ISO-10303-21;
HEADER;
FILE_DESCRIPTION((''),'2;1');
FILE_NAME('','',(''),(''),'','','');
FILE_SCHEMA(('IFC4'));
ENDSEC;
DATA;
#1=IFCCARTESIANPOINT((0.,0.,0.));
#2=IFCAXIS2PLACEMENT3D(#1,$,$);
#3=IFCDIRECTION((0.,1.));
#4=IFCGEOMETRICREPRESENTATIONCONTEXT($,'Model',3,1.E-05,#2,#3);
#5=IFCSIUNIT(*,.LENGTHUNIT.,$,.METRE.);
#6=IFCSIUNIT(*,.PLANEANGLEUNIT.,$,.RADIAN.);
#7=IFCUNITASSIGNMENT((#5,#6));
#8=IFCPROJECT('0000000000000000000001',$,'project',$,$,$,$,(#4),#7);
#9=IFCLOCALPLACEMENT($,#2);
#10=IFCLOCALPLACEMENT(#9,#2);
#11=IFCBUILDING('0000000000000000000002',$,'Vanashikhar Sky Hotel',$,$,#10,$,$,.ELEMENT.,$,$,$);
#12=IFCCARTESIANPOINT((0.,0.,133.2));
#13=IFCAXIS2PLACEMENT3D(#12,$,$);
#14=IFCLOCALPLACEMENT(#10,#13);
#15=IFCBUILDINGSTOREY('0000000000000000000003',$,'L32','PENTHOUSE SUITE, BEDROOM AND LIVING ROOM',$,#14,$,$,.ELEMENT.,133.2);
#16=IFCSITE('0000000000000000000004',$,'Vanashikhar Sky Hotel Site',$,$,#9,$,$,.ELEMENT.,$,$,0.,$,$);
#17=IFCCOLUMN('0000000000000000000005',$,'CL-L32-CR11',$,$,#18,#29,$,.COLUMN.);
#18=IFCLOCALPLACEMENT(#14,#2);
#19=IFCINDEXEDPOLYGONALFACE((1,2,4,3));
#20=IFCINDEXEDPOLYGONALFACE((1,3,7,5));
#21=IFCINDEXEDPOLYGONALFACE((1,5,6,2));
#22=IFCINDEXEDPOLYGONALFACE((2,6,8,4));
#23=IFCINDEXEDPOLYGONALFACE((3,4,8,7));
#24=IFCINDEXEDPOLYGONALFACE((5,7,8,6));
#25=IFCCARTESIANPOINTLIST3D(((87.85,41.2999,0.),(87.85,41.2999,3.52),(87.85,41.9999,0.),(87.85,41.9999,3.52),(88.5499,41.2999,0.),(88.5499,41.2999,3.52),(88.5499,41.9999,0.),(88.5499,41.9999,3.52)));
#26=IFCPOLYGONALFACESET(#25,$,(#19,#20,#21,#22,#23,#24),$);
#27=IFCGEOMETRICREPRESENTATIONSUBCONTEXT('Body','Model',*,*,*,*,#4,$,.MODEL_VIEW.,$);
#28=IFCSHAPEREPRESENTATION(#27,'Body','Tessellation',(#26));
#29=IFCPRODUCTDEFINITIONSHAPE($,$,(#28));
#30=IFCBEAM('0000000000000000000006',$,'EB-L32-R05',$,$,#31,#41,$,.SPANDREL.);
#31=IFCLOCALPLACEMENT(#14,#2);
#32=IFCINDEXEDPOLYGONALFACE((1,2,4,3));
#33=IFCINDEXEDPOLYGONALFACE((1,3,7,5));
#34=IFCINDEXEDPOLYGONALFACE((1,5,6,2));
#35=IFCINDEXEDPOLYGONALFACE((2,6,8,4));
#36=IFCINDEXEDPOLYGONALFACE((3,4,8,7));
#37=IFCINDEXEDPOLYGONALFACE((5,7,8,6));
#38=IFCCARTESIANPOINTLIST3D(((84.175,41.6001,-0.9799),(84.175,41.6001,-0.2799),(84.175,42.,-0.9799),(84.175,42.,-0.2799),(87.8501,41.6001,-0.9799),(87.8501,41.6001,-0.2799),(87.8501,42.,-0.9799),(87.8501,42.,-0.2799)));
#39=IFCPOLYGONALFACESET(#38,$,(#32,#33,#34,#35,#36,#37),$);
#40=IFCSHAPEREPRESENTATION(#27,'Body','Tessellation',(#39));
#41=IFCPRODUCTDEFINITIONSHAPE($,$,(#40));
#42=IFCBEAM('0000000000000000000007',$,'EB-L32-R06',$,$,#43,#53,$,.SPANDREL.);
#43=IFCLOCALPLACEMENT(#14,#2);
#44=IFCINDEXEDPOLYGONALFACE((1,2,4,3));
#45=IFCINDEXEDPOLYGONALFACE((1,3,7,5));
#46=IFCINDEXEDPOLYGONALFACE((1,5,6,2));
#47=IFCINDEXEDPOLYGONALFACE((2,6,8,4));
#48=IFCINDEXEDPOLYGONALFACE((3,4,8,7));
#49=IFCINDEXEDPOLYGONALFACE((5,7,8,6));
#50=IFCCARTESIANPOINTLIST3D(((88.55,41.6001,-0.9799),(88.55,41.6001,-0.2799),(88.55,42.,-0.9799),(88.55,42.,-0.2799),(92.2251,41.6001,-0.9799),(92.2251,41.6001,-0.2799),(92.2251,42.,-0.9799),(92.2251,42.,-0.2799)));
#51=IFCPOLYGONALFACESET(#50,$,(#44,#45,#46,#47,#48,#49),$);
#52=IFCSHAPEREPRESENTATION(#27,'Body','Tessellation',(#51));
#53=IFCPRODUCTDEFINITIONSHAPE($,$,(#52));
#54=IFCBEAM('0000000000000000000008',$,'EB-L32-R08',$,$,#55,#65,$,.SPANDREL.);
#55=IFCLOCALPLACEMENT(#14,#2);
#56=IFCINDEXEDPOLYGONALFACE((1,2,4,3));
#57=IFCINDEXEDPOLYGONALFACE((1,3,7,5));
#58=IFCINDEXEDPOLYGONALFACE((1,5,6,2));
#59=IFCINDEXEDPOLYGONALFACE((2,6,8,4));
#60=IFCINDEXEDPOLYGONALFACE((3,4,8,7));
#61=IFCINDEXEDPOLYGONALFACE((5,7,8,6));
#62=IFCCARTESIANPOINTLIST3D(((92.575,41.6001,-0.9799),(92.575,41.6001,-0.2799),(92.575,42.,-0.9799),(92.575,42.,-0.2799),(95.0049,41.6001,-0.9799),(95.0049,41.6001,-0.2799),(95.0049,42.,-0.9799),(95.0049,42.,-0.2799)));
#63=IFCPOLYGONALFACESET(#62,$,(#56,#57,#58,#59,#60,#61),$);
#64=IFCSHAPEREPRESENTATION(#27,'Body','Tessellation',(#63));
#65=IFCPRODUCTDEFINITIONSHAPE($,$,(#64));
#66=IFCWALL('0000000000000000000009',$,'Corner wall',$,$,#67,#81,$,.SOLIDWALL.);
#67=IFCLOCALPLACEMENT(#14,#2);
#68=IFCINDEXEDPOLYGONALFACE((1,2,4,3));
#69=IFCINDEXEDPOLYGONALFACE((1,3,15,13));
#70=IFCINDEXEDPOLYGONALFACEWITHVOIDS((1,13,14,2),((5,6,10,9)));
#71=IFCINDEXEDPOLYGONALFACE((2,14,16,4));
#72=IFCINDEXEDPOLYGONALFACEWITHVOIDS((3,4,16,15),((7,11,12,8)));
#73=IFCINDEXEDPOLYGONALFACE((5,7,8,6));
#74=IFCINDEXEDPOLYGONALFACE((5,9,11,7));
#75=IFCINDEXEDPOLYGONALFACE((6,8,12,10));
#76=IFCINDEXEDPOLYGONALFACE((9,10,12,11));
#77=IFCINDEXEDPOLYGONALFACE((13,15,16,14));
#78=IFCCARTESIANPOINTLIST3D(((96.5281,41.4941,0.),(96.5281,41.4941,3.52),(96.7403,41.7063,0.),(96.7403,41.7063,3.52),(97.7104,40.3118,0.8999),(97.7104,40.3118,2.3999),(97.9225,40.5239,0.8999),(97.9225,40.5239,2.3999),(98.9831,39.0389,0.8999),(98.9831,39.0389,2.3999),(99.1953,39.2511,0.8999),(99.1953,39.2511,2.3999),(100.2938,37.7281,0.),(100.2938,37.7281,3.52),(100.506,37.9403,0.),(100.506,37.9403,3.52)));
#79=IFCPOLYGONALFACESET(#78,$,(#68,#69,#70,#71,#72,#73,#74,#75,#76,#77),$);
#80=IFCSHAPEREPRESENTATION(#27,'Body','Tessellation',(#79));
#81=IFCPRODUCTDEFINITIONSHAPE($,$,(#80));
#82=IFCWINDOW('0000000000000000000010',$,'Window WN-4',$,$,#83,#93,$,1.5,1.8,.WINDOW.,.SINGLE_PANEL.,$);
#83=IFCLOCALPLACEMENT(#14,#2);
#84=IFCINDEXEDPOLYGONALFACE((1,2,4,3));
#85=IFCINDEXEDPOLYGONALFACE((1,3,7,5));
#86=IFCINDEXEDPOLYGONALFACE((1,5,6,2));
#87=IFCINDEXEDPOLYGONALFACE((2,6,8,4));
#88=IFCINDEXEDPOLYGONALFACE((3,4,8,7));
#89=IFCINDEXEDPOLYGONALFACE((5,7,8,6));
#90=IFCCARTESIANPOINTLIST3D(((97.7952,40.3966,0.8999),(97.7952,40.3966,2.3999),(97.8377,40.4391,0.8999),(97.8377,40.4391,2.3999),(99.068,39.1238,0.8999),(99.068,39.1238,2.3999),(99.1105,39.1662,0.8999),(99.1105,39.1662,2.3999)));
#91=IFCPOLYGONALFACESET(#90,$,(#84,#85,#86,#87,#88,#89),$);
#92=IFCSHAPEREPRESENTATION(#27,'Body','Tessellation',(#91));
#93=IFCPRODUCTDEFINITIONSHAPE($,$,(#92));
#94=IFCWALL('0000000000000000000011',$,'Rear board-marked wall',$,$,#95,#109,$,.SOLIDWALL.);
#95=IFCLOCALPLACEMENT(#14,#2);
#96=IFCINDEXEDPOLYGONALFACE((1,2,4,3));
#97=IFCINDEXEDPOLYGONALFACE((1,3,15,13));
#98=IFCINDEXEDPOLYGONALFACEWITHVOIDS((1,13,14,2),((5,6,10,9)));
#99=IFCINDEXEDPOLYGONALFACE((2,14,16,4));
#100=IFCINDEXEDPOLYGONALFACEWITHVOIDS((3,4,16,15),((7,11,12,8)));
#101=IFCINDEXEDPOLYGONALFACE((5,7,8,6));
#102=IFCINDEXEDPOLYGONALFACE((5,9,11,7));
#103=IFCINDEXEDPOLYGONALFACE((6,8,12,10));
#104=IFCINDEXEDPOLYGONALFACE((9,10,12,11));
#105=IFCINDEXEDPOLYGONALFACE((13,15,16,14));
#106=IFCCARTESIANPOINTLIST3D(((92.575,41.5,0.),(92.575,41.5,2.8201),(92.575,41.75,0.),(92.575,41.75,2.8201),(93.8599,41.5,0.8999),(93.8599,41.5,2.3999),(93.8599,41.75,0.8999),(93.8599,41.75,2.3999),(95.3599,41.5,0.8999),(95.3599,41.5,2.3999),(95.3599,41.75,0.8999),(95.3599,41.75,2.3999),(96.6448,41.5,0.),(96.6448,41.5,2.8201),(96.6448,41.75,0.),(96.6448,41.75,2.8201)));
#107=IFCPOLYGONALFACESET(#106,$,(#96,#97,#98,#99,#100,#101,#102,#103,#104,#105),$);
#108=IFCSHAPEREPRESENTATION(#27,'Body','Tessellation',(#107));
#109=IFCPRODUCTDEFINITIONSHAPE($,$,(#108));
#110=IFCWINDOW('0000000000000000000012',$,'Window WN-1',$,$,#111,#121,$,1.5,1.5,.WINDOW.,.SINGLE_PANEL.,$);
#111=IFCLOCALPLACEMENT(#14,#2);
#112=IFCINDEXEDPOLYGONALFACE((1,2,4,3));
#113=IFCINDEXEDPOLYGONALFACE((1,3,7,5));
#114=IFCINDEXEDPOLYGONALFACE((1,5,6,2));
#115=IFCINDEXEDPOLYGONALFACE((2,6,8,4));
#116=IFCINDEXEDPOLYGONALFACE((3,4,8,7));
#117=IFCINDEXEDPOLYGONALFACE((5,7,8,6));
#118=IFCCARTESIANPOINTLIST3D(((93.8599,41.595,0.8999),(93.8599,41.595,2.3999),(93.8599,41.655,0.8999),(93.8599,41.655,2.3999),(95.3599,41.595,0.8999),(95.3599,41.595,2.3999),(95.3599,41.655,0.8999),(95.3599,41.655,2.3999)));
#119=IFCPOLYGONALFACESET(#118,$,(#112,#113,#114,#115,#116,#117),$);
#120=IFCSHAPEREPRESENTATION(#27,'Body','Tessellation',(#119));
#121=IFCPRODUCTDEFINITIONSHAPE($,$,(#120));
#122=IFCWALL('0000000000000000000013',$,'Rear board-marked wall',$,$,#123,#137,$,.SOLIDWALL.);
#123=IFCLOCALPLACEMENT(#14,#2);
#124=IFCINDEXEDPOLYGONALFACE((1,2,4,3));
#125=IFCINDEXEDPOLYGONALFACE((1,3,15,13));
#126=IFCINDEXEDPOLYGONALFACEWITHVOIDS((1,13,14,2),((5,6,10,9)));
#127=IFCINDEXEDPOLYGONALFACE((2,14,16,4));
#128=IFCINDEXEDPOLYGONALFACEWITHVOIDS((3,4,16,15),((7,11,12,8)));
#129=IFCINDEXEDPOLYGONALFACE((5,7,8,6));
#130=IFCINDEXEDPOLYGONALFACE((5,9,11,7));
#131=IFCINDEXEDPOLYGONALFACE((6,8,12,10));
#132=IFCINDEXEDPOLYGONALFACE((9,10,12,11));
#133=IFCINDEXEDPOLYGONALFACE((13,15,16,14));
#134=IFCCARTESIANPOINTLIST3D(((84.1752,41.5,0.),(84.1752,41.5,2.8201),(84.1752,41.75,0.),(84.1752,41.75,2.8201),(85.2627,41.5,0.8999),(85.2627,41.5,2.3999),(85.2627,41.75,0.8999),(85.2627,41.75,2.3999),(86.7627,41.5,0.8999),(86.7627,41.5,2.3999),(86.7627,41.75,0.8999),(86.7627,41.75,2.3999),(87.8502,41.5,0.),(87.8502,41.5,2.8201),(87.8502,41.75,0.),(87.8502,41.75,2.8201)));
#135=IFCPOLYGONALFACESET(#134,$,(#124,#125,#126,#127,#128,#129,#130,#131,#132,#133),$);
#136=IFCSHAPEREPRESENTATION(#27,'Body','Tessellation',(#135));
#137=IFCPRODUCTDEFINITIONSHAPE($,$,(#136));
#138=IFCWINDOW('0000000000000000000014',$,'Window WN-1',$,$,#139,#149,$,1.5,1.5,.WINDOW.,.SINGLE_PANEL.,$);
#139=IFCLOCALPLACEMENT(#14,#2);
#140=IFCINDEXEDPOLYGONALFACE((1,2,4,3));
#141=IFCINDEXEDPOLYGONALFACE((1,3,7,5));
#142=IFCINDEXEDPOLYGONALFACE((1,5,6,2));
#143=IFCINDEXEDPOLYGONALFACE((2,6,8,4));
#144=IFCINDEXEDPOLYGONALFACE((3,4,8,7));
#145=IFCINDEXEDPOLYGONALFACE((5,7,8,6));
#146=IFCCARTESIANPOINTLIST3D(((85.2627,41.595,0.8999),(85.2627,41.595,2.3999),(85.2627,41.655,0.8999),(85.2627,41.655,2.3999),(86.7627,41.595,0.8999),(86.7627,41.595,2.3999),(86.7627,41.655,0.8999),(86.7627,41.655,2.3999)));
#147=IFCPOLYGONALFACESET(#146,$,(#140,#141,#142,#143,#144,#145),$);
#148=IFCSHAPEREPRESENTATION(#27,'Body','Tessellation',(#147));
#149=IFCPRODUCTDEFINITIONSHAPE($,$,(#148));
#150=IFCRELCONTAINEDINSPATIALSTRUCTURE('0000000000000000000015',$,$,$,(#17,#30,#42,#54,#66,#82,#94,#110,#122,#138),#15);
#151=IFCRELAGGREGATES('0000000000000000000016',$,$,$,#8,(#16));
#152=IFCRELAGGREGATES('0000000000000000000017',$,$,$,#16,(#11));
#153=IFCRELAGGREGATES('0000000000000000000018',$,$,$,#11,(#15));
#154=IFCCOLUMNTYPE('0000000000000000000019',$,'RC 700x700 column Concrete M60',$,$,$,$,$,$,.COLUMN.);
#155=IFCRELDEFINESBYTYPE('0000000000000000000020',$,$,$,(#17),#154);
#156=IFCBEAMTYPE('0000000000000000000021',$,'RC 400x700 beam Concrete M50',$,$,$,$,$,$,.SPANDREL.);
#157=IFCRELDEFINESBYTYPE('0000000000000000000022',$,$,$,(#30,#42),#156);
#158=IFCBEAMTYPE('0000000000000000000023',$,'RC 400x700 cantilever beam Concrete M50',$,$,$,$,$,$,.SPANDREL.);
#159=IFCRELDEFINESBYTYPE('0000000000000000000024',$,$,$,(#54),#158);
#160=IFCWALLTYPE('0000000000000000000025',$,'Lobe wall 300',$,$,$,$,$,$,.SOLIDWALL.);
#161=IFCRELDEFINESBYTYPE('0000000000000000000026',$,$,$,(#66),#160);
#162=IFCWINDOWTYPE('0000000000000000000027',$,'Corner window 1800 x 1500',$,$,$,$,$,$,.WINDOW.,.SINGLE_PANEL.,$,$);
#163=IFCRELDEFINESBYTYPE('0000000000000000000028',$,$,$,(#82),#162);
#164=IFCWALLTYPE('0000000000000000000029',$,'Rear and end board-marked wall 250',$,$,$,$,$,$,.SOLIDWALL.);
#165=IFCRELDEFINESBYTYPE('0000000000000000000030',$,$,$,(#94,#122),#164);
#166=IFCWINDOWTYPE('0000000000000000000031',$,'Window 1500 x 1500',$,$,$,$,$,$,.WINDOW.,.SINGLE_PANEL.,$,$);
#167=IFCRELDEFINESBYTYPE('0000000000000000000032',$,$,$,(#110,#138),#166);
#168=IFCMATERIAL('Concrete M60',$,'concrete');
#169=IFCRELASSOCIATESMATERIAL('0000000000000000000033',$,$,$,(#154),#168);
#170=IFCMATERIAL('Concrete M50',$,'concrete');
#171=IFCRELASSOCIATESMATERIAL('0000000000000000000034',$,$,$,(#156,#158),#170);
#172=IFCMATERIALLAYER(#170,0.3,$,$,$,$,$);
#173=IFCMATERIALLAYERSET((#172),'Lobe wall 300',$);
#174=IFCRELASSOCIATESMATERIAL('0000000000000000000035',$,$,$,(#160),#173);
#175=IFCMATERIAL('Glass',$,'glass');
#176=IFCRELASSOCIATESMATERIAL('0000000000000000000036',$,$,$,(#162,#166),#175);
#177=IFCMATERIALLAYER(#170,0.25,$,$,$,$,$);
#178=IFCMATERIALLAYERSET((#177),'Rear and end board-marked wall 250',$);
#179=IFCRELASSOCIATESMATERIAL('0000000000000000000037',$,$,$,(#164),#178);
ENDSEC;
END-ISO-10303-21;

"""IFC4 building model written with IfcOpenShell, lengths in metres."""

from ifc_helpers import new_model, si_unit, direction, frame, frame_2d, origin, origin_2d, place, context, subcontext, project, spatial, rectangle, extrude, source, transform, mapped, material, layer, layer_set, material_profile, profile_set, type_object, element, fill, save


model = new_model("IFC4")

# Units and contexts
model_context = context("Model", 3, precision=1e-05, world=origin(), true_north=direction((0.0, 1.0)))
body_context = subcontext(model_context, "Body", "Model", "MODEL_VIEW")
ifc_project = project(units=[si_unit("LENGTHUNIT", "METRE"), si_unit("PLANEANGLEUNIT", "RADIAN")], contexts=[model_context])

# Site, building, storey
site_placement = place(None, origin())
site = spatial("IfcSite", under=ifc_project, at=site_placement, Name="Vanashikhar Sky Hotel Site", CompositionType="ELEMENT", RefElevation=0.0)
building_placement = place(site_placement, origin())
building = spatial("IfcBuilding", under=site, at=building_placement, Name="Vanashikhar Sky Hotel", CompositionType="ELEMENT")
storey_placement = place(building_placement, frame((0.0, 0.0, 133.2)))
storey = spatial("IfcBuildingStorey", under=building, at=storey_placement, Name="L32", Description="PENTHOUSE SUITE, BEDROOM AND LIVING ROOM", CompositionType="ELEMENT", Elevation=133.2)

# Column
ifc_material_1 = material(Name="Concrete M60", Category="concrete")
ifc_material_profile_1 = material_profile(ifc_material_1, rectangle(XDim=0.7, YDim=0.7, at=origin_2d()))
ifc_profile_set_1 = profile_set([ifc_material_profile_1], Name="RC 700x700 column Concrete M60")
column_type = type_object("IfcColumnType", Name="RC 700x700 column Concrete M60", PredefinedType="COLUMN", material=ifc_profile_set_1)
shared_shape_1 = source(origin(), body_context, "Body", "SweptSolid", [
    extrude(rectangle(XDim=0.7, YDim=0.7, at=origin_2d()), origin(), (0.0, 0.0, 1.0), 3.52),
])
column_placement = place(storey_placement, frame((88.2, 41.6499, 0.0), z_axis=(0.0, 0.0, 1.0), x_axis=(1.0, 0.0, 0.0)))
element("IfcColumn", 1, at=column_placement, inside=storey, type_object=column_type, Name="CL-L32-CR11", PredefinedType="COLUMN", context=body_context, shape_type="MappedRepresentation", body=[
    mapped(shared_shape_1, transform((0.0, 0.0, 0.0), scale=1.0)),
])

# Beams
ifc_material_2 = material(Name="Concrete M50", Category="concrete")
ifc_material_profile_2 = material_profile(ifc_material_2, rectangle(XDim=0.3999, YDim=0.7, at=origin_2d()))
ifc_profile_set_2 = profile_set([ifc_material_profile_2], Name="RC 400x700 beam Concrete M50")
beam_type_1 = type_object("IfcBeamType", Name="RC 400x700 beam Concrete M50", PredefinedType="SPANDREL", material=ifc_profile_set_2)
shared_shape_2 = source(origin(), body_context, "Body", "SweptSolid", [
    extrude(rectangle(XDim=0.3999, YDim=0.7, at=origin_2d()), origin(), (0.0, 0.0, 1.0), 3.675),
])
for number, where, z_axis, x_axis, name in (
    (2, (84.175, 41.8, -0.6299), (1.0, 0.0, 0.0), (0.0, 1.0, 0.0), "EB-L32-R05"),
    (3, (88.55, 41.8, -0.6299), (1.0, 0.0, 0.0), (0.0, 1.0, 0.0), "EB-L32-R06"),
):
    element("IfcBeam", number, at=place(storey_placement, frame(where, z_axis=z_axis, x_axis=x_axis)), inside=storey, type_object=beam_type_1, Name=name, PredefinedType="SPANDREL", context=body_context, shape_type="MappedRepresentation", body=[
        mapped(shared_shape_2, transform((0.0, 0.0, 0.0), scale=1.0)),
    ])
ifc_material_profile_3 = material_profile(ifc_material_2, rectangle(XDim=0.3999, YDim=0.7, at=origin_2d()))
ifc_profile_set_3 = profile_set([ifc_material_profile_3], Name="RC 400x700 cantilever beam Concrete M50")
beam_type_2 = type_object("IfcBeamType", Name="RC 400x700 cantilever beam Concrete M50", PredefinedType="SPANDREL", material=ifc_profile_set_3)
shared_shape_3 = source(origin(), body_context, "Body", "SweptSolid", [
    extrude(rectangle(XDim=0.3999, YDim=0.7, at=origin_2d()), origin(), (0.0, 0.0, 1.0), 2.4299),
])
beam_placement = place(storey_placement, frame((92.575, 41.8, -0.6299), z_axis=(1.0, 0.0, 0.0), x_axis=(0.0, 1.0, 0.0)))
element("IfcBeam", 4, at=beam_placement, inside=storey, type_object=beam_type_2, Name="EB-L32-R08", PredefinedType="SPANDREL", context=body_context, shape_type="MappedRepresentation", body=[
    mapped(shared_shape_3, transform((0.0, 0.0, 0.0), scale=1.0)),
])

# Walls, openings, windows
ifc_layer_1 = layer(ifc_material_2, 0.3)
ifc_layer_set_1 = layer_set([ifc_layer_1], Name="Lobe wall 300")
wall_type_1 = type_object("IfcWallType", Name="Lobe wall 300", PredefinedType="SOLIDWALL", material=ifc_layer_set_1)
shared_shape_4 = source(origin(), body_context, "Body", "SweptSolid", [
    extrude(rectangle(XDim=5.3257, YDim=0.3, at=frame_2d((2.6628, 0.0))), origin(), (0.0, 0.0, 1.0), 3.52),
])
wall_1_placement = place(storey_placement, frame((100.3999, 37.8342, 0.0), z_axis=(0.0, 0.0, 1.0), x_axis=(-0.707084, 0.70713, 0.0)))
wall_1 = element("IfcWall", 5, at=wall_1_placement, inside=storey, type_object=wall_type_1, Name="Corner wall", PredefinedType="SOLIDWALL", context=body_context, shape_type="MappedRepresentation", body=[
    mapped(shared_shape_4, transform((0.0, 0.0, 0.0), scale=1.0)),
])
shared_shape_5 = source(origin(), body_context, "Body", "SweptSolid", [
    extrude(rectangle(XDim=1.8, YDim=1.5, at=frame_2d((0.8999, 0.75))), frame((0.0, 0.1602, 0.0), z_axis=(0.0, -1.0, 0.0), x_axis=(1.0, 0.0, 0.0)), (0.0, 0.0, 1.0), 0.3201),
])
opening_1_placement = place(wall_1_placement, frame((1.8538, 0.0, 0.8999)))
opening_1 = element("IfcOpeningElement", 6, at=opening_1_placement, cuts=wall_1, PredefinedType="OPENING", context=body_context, shape_type="MappedRepresentation", body=[
    mapped(shared_shape_5, transform((0.0, 0.0, 0.0), scale=1.0)),
])
ifc_material_3 = material(Name="Glass", Category="glass")
window_type_1 = type_object("IfcWindowType", Name="Corner window 1800 x 1500", PartitioningType="SINGLE_PANEL", PredefinedType="WINDOW", material=ifc_material_3)
shared_shape_6 = source(origin(), body_context, "Body", "SweptSolid", [
    extrude(rectangle(XDim=1.8, YDim=1.5, at=frame_2d((0.8999, 0.75))), frame((0.0, 0.03, 0.0), z_axis=(0.0, -1.0, 0.0), x_axis=(1.0, 0.0, 0.0)), (0.0, 0.0, 1.0), 0.0601),
])
window_1_placement = place(opening_1_placement, origin())
window_1 = element("IfcWindow", 7, at=window_1_placement, inside=storey, type_object=window_type_1, Name="Window WN-4", OverallHeight=1.5, OverallWidth=1.8, PartitioningType="SINGLE_PANEL", PredefinedType="WINDOW", context=body_context, shape_type="MappedRepresentation", body=[
    mapped(shared_shape_6, transform((0.0, 0.0, 0.0), scale=1.0)),
])
fill(opening_1, window_1)
ifc_layer_2 = layer(ifc_material_2, 0.25)
ifc_layer_set_2 = layer_set([ifc_layer_2], Name="Rear and end board-marked wall 250")
wall_type_2 = type_object("IfcWallType", Name="Rear and end board-marked wall 250", PredefinedType="SOLIDWALL", material=ifc_layer_set_2)
shared_shape_7 = source(origin(), body_context, "Body", "SweptSolid", [
    extrude(rectangle(XDim=4.0698, YDim=0.25, at=frame_2d((2.0349, 0.0))), origin(), (0.0, 0.0, 1.0), 2.8201),
])
wall_2_placement = place(storey_placement, frame((96.6448, 41.625, 0.0), z_axis=(0.0, 0.0, 1.0), x_axis=(-1.0, 0.0, 0.0)))
wall_2 = element("IfcWall", 8, at=wall_2_placement, inside=storey, type_object=wall_type_2, Name="Rear board-marked wall", PredefinedType="SOLIDWALL", context=body_context, shape_type="MappedRepresentation", body=[
    mapped(shared_shape_7, transform((0.0, 0.0, 0.0), scale=1.0)),
])
shared_shape_8 = source(origin(), body_context, "Body", "SweptSolid", [
    extrude(rectangle(XDim=1.5, YDim=1.5, at=frame_2d((0.75, 0.75))), frame((0.0, 0.135, 0.0), z_axis=(0.0, -1.0, 0.0), x_axis=(1.0, 0.0, 0.0)), (0.0, 0.0, 1.0), 0.27),
])
opening_2_placement = place(wall_2_placement, frame((1.2849, 0.0, 0.8999)))
opening_2 = element("IfcOpeningElement", 9, at=opening_2_placement, cuts=wall_2, PredefinedType="OPENING", context=body_context, shape_type="MappedRepresentation", body=[
    mapped(shared_shape_8, transform((0.0, 0.0, 0.0), scale=1.0)),
])
window_type_2 = type_object("IfcWindowType", Name="Window 1500 x 1500", PartitioningType="SINGLE_PANEL", PredefinedType="WINDOW", material=ifc_material_3)
shared_shape_9 = source(origin(), body_context, "Body", "SweptSolid", [
    extrude(rectangle(XDim=1.5, YDim=1.5, at=frame_2d((0.75, 0.75))), frame((0.0, 0.03, 0.0), z_axis=(0.0, -1.0, 0.0), x_axis=(1.0, 0.0, 0.0)), (0.0, 0.0, 1.0), 0.0601),
])
window_2_placement = place(opening_2_placement, origin())
window_2 = element("IfcWindow", 10, at=window_2_placement, inside=storey, type_object=window_type_2, Name="Window WN-1", OverallHeight=1.5, OverallWidth=1.5, PartitioningType="SINGLE_PANEL", PredefinedType="WINDOW", context=body_context, shape_type="MappedRepresentation", body=[
    mapped(shared_shape_9, transform((0.0, 0.0, 0.0), scale=1.0)),
])
fill(opening_2, window_2)
shared_shape_10 = source(origin(), body_context, "Body", "SweptSolid", [
    extrude(rectangle(XDim=3.675, YDim=0.25, at=frame_2d((1.8374, 0.0))), origin(), (0.0, 0.0, 1.0), 2.8201),
])
wall_3_placement = place(storey_placement, frame((87.8501, 41.625, 0.0), z_axis=(0.0, 0.0, 1.0), x_axis=(-1.0, 0.0, 0.0)))
wall_3 = element("IfcWall", 11, at=wall_3_placement, inside=storey, type_object=wall_type_2, Name="Rear board-marked wall", PredefinedType="SOLIDWALL", context=body_context, shape_type="MappedRepresentation", body=[
    mapped(shared_shape_10, transform((0.0, 0.0, 0.0), scale=1.0)),
])
opening_3_placement = place(wall_3_placement, frame((1.0874, 0.0, 0.8999)))
opening_3 = element("IfcOpeningElement", 12, at=opening_3_placement, cuts=wall_3, PredefinedType="OPENING", context=body_context, shape_type="MappedRepresentation", body=[
    mapped(shared_shape_8, transform((0.0, 0.0, 0.0), scale=1.0)),
])
window_3_placement = place(opening_3_placement, origin())
window_3 = element("IfcWindow", 13, at=window_3_placement, inside=storey, type_object=window_type_2, Name="Window WN-1", OverallHeight=1.5, OverallWidth=1.5, PartitioningType="SINGLE_PANEL", PredefinedType="WINDOW", context=body_context, shape_type="MappedRepresentation", body=[
    mapped(shared_shape_9, transform((0.0, 0.0, 0.0), scale=1.0)),
])
fill(opening_3, window_3)

save(model, "model.ifc")
